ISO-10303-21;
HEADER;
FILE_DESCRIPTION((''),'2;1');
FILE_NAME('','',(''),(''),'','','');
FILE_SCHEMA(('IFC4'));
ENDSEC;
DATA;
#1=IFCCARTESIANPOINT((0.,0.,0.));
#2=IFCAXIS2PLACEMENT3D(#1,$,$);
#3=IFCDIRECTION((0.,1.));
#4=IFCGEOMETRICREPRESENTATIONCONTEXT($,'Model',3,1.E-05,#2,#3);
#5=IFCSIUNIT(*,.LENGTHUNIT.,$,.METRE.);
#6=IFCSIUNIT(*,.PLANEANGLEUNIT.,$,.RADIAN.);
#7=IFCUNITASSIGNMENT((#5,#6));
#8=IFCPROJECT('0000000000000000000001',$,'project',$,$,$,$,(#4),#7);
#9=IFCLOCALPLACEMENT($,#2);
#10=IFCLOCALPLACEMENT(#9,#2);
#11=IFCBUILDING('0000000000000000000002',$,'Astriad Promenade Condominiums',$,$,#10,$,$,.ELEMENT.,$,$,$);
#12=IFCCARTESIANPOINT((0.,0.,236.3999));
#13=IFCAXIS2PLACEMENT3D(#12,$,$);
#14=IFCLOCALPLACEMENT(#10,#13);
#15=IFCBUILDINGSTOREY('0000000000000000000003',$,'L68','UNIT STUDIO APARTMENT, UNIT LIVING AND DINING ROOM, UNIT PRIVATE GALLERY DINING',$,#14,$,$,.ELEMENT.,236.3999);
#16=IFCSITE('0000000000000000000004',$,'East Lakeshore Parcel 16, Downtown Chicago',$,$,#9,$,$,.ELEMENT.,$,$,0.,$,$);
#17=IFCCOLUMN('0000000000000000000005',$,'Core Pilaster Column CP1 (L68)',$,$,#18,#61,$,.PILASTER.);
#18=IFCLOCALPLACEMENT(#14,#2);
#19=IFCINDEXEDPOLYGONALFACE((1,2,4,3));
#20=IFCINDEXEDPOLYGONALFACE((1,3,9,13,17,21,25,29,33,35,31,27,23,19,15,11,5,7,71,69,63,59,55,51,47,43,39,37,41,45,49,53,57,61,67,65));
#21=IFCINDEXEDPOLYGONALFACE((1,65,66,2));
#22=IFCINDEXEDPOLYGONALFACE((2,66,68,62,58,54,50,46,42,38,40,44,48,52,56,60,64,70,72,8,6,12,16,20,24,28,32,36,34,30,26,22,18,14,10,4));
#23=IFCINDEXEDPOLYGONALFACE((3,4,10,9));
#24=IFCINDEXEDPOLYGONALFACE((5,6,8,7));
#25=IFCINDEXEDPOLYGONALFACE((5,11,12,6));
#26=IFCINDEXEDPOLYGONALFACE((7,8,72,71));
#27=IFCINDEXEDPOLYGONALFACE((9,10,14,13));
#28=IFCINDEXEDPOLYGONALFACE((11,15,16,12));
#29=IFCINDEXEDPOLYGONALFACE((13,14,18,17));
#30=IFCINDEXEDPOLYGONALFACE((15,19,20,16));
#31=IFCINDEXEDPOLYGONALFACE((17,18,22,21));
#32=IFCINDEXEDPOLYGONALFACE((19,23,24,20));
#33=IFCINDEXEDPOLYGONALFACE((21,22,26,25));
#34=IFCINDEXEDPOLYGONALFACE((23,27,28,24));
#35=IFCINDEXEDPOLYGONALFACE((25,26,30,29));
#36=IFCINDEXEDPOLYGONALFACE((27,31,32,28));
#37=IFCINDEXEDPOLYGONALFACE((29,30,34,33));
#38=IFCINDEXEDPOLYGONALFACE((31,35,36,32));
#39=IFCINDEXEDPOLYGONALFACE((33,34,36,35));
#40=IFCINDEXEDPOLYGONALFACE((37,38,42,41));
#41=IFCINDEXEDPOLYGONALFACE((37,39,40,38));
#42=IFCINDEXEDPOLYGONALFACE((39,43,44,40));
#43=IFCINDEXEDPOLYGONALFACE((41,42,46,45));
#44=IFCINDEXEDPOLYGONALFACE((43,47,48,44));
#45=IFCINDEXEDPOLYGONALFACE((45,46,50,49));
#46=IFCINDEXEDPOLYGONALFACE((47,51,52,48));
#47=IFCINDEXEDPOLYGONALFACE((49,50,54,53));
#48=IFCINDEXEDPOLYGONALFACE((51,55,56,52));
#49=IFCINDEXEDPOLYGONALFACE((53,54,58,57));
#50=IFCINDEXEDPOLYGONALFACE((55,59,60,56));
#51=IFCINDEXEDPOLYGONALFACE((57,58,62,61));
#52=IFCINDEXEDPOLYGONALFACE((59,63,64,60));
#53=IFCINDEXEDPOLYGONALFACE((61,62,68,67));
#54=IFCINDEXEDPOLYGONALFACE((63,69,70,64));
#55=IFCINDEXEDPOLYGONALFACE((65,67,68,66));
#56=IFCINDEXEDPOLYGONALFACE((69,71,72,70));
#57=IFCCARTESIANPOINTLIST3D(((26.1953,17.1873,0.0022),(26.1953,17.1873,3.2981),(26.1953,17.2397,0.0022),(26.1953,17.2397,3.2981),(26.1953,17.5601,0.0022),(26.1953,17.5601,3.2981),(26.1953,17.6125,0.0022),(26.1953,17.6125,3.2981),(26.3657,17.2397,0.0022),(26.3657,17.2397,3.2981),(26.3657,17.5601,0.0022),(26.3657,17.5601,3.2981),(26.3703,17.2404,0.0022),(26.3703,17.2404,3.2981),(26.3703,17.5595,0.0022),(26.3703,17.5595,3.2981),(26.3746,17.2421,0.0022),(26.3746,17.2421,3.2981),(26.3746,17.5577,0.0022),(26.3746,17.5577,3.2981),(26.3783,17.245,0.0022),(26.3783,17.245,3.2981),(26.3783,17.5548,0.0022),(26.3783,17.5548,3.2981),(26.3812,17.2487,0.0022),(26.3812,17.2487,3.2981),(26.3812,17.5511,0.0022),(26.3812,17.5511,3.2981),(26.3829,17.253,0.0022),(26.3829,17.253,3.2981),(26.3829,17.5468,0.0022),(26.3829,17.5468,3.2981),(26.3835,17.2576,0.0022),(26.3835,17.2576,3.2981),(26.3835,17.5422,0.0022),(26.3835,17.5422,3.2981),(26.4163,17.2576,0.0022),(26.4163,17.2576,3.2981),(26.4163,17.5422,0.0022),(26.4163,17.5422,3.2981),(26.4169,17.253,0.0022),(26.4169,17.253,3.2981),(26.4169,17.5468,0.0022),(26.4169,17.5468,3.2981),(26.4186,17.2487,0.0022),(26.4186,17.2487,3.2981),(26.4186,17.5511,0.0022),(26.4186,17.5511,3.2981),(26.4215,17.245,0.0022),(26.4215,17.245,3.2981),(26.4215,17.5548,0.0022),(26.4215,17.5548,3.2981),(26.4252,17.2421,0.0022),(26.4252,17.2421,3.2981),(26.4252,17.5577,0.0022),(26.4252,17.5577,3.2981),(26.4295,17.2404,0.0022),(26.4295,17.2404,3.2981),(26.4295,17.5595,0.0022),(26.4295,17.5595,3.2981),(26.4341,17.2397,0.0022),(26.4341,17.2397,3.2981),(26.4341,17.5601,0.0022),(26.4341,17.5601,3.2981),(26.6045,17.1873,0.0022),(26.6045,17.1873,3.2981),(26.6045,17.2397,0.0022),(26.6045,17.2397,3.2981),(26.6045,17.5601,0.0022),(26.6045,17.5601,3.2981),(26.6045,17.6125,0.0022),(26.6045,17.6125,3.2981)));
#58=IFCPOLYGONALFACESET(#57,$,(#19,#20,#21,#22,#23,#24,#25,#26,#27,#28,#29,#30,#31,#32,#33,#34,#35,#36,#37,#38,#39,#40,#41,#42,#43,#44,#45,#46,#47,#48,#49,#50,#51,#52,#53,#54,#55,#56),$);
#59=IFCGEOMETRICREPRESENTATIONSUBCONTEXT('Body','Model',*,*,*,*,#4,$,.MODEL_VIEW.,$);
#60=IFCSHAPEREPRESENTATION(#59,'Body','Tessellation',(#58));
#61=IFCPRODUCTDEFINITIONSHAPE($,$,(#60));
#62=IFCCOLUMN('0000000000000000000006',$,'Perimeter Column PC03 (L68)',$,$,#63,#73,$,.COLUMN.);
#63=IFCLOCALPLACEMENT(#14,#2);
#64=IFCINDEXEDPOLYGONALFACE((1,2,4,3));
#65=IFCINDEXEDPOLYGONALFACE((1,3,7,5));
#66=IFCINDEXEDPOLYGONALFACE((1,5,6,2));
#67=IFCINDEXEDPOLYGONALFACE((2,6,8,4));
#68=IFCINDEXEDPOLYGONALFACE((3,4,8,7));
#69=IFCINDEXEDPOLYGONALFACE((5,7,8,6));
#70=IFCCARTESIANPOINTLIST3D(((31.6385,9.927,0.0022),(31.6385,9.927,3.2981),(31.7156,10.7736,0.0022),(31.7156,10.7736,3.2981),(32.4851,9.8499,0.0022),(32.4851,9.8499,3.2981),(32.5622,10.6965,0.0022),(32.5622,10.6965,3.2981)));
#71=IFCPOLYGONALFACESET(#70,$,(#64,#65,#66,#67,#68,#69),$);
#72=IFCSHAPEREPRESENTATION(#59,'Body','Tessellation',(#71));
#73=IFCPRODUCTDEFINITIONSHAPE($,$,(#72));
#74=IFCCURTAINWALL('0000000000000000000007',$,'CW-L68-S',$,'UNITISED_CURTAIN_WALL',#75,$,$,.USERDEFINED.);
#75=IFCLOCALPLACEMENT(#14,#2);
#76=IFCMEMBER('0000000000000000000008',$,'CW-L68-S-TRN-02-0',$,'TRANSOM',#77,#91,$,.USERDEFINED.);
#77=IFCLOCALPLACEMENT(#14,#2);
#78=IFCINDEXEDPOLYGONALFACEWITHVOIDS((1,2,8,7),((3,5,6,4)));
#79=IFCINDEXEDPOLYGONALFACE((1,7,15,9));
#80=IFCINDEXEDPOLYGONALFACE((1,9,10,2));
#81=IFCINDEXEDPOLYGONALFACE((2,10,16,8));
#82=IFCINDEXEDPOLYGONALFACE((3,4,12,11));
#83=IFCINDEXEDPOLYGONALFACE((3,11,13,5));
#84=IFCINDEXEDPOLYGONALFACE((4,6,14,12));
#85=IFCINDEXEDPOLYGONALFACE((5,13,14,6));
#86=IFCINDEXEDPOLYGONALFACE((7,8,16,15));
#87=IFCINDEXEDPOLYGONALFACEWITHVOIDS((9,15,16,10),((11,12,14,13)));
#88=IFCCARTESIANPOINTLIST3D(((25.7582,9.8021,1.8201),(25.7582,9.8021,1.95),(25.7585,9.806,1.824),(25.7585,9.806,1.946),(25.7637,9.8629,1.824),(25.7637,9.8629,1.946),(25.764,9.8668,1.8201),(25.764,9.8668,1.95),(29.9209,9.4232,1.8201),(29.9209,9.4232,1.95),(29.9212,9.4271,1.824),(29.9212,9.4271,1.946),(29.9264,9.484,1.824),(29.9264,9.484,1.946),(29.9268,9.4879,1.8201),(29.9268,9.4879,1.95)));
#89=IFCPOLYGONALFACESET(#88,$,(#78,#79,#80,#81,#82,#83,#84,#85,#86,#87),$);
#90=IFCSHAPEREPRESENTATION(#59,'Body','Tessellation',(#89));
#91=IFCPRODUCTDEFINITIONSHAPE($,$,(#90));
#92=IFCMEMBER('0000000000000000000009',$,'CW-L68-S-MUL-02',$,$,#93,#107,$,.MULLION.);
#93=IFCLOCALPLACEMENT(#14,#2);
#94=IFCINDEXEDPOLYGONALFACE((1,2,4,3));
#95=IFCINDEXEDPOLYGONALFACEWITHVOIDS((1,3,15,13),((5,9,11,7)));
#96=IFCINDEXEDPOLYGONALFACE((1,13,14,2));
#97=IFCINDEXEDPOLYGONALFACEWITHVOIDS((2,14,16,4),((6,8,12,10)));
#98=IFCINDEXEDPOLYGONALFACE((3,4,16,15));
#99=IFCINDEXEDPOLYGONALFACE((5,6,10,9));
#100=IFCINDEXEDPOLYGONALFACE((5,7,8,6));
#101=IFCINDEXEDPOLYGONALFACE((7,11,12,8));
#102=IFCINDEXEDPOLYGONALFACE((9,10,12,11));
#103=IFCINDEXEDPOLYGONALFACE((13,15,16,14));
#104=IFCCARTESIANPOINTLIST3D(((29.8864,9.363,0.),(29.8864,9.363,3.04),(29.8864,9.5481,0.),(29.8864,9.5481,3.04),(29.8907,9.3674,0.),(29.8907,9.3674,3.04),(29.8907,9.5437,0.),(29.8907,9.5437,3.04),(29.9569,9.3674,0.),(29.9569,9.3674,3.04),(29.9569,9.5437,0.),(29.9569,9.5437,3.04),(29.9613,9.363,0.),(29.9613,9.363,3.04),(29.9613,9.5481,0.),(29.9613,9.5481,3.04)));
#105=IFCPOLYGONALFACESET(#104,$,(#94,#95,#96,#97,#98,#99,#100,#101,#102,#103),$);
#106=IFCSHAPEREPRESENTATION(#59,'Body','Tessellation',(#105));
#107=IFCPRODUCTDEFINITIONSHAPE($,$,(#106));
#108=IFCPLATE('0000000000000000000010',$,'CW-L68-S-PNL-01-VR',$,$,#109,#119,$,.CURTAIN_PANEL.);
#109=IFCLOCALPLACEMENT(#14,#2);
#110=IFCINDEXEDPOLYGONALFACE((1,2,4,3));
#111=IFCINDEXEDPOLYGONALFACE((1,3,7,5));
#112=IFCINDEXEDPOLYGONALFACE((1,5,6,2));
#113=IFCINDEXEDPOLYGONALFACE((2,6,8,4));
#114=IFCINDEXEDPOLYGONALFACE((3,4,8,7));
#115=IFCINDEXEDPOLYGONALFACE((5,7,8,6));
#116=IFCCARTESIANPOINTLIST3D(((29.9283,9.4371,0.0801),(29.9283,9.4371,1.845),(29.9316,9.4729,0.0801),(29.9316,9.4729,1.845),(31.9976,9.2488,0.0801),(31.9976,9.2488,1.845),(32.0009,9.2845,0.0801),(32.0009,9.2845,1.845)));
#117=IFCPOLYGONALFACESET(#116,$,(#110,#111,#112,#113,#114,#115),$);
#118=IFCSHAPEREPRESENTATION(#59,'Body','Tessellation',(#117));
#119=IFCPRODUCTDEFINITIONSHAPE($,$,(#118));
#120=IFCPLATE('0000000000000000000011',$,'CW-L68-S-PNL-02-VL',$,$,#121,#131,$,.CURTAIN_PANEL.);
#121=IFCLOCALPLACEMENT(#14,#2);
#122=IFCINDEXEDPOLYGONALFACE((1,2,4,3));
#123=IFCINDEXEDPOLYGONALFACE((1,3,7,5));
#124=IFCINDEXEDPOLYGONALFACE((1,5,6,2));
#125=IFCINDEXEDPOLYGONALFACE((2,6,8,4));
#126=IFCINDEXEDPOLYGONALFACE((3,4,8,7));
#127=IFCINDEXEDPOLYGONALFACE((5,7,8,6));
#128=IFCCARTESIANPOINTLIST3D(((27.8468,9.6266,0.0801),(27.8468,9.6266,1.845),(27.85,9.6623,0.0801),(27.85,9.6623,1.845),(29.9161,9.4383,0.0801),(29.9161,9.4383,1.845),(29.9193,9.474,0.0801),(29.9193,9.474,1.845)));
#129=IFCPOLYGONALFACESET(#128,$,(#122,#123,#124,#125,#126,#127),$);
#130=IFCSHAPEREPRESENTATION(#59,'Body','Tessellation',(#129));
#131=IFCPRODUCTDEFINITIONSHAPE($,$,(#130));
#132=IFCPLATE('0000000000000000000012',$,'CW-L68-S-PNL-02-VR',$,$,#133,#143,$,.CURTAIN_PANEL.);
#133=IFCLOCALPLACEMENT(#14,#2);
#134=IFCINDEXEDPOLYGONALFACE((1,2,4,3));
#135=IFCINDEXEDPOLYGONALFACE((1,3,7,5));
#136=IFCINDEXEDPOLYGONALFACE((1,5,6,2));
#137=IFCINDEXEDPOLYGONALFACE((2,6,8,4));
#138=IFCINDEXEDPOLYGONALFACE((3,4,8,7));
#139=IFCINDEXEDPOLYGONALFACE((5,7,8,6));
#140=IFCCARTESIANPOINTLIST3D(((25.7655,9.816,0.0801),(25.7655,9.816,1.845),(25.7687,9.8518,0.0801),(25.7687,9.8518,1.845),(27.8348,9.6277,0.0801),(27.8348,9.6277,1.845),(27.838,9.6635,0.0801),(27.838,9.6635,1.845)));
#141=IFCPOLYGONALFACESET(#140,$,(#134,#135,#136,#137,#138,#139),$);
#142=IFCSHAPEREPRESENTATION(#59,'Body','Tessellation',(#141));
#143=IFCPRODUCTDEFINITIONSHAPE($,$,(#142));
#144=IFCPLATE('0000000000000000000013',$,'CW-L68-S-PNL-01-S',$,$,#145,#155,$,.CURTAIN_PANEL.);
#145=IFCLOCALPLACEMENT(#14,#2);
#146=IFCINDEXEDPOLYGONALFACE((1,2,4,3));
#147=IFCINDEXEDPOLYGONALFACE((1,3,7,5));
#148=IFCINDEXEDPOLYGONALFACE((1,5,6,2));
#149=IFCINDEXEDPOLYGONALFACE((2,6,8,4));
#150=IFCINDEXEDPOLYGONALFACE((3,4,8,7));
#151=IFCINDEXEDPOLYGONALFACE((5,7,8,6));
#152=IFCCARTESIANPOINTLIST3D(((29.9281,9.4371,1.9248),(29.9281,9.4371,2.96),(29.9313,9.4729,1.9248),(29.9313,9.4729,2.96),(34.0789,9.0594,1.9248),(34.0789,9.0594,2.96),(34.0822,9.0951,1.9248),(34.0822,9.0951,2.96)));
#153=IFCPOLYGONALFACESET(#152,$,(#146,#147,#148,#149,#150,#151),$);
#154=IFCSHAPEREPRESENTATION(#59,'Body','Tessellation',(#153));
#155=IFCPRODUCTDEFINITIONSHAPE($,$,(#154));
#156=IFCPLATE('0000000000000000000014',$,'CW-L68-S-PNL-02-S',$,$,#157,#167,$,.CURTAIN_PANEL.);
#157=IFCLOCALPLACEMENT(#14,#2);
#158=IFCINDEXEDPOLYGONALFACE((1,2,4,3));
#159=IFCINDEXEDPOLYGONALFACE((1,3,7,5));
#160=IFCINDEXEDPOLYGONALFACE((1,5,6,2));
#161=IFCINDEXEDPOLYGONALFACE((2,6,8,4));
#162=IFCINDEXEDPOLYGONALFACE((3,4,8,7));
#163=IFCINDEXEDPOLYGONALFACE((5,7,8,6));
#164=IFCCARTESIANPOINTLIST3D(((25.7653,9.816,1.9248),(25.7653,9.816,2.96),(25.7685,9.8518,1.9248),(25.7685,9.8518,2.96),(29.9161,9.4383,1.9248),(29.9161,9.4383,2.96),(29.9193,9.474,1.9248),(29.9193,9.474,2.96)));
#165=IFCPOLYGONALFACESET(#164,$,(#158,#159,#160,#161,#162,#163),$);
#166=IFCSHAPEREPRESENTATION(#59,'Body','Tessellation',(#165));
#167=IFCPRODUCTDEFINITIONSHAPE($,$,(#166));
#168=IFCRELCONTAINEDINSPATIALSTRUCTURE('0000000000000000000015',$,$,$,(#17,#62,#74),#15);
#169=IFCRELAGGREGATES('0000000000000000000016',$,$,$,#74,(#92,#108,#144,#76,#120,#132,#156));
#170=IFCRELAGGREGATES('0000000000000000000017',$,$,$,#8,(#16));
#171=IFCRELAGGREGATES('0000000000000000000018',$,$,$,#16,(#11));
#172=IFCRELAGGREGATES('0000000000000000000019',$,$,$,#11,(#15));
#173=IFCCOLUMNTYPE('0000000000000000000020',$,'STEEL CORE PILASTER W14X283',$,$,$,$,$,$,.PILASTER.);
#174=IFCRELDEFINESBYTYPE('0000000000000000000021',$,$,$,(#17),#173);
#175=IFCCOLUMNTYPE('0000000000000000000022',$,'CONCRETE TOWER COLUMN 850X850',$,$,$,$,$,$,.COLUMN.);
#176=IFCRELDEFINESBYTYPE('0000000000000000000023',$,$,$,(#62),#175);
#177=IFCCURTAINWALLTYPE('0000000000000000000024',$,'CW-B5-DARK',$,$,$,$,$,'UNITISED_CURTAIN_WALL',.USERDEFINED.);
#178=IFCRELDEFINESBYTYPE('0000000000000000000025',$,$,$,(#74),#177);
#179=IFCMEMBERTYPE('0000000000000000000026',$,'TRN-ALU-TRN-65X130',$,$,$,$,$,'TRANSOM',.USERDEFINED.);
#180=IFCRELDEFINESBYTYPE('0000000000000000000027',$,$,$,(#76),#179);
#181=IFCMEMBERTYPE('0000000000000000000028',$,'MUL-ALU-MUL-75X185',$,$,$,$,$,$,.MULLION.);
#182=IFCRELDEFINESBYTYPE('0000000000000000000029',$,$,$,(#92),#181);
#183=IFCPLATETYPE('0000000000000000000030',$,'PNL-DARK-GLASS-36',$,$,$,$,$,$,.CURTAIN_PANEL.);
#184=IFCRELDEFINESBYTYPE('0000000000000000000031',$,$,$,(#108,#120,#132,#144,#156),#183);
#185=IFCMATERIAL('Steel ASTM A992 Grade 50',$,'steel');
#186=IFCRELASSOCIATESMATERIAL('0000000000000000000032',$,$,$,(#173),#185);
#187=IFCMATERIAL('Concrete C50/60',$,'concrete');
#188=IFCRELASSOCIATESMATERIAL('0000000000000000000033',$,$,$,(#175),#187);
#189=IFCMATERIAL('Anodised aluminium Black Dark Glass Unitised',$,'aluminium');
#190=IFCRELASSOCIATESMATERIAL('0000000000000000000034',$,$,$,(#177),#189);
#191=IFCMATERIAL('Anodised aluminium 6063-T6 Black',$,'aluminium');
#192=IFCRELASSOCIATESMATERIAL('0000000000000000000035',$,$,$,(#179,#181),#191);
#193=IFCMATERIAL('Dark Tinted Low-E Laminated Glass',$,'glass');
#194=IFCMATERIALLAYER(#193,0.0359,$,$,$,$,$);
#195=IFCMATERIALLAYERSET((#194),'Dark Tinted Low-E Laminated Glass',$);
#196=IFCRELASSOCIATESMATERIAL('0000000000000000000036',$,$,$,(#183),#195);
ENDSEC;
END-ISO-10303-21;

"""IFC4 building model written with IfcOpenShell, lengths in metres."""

from ifc_helpers import new_model, si_unit, direction, frame, origin, origin_2d, place, context, subcontext, project, spatial, rectangle, hollow_rectangle, i_section, extrude, source, transform, mapped, material, layer, layer_set, material_profile, profile_set, type_object, type_shapes, element, aggregate, save


model = new_model("IFC4")

# Units and contexts
model_context = context("Model", 3, precision=1e-05, world=origin(), true_north=direction((0.0, 1.0)))
body_context = subcontext(model_context, "Body", "Model", "MODEL_VIEW")
ifc_project = project(units=[si_unit("LENGTHUNIT", "METRE"), si_unit("PLANEANGLEUNIT", "RADIAN")], contexts=[model_context])

# Site, building, storey
site_placement = place(None, origin())
site = spatial("IfcSite", under=ifc_project, at=site_placement, Name="East Lakeshore Parcel 16, Downtown Chicago", CompositionType="ELEMENT", RefElevation=0.0)
building_placement = place(site_placement, origin())
building = spatial("IfcBuilding", under=site, at=building_placement, Name="Astriad Promenade Condominiums", CompositionType="ELEMENT")
storey_placement = place(building_placement, frame((0.0, 0.0, 236.3999)))
storey = spatial("IfcBuildingStorey", under=building, at=storey_placement, Name="L68", Description="UNIT STUDIO APARTMENT, UNIT LIVING AND DINING ROOM, UNIT PRIVATE GALLERY DINING", CompositionType="ELEMENT", Elevation=236.3999)

# Columns
ifc_material_1 = material(Name="Steel ASTM A992 Grade 50", Category="steel")
ifc_material_profile_1 = material_profile(ifc_material_1, i_section(OverallWidth=0.4092, OverallDepth=0.4253, WebThickness=0.0327, FlangeThickness=0.0525, FilletRadius=0.0178, at=origin_2d()), Name="W14X283")
ifc_profile_set_1 = profile_set([ifc_material_profile_1], Name="Steel ASTM A992 Grade 50")
column_type_1 = type_object("IfcColumnType", Name="STEEL CORE PILASTER W14X283", PredefinedType="PILASTER", material=ifc_profile_set_1)
shared_shape_1 = source(origin(), body_context, "Body", "SweptSolid", [
    extrude(i_section(OverallWidth=0.4092, OverallDepth=0.4253, WebThickness=0.0327, FlangeThickness=0.0525, FilletRadius=0.0178, at=origin_2d()), origin(), (0.0, 0.0, 1.0), 3.2959),
])
type_shapes(column_type_1, [shared_shape_1])
column_1_placement = place(storey_placement, frame((26.3999, 17.3999, 0.0022), z_axis=(0.0, 0.0, 1.0), x_axis=(1.0, 0.0, 0.0)))
element("IfcColumn", 1, at=column_1_placement, inside=storey, type_object=column_type_1, Name="Core Pilaster Column CP1 (L68)", PredefinedType="PILASTER", context=body_context, shape_type="MappedRepresentation", body=[
    mapped(shared_shape_1, transform((0.0, 0.0, 0.0), scale=1.0)),
])
ifc_material_2 = material(Name="Concrete C50/60", Category="concrete")
ifc_material_profile_2 = material_profile(ifc_material_2, rectangle(XDim=0.8501, YDim=0.8501, at=origin_2d()), Name="RC-COL-850X850")
ifc_profile_set_2 = profile_set([ifc_material_profile_2], Name="Concrete C50/60")
column_type_2 = type_object("IfcColumnType", Name="CONCRETE TOWER COLUMN 850X850", PredefinedType="COLUMN", material=ifc_profile_set_2)
shared_shape_2 = source(origin(), body_context, "Body", "SweptSolid", [
    extrude(rectangle(XDim=0.8501, YDim=0.8501, at=origin_2d()), origin(), (0.0, 0.0, 1.0), 3.2959),
])
type_shapes(column_type_2, [shared_shape_2])
column_2_placement = place(storey_placement, frame((32.1003, 10.3118, 0.0022), z_axis=(0.0, 0.0, 1.0), x_axis=(0.995884, -0.090633, 0.0)))
element("IfcColumn", 2, at=column_2_placement, inside=storey, type_object=column_type_2, Name="Perimeter Column PC03 (L68)", PredefinedType="COLUMN", context=body_context, shape_type="MappedRepresentation", body=[
    mapped(shared_shape_2, transform((0.0, 0.0, 0.0), scale=1.0)),
])

# Curtain wall, members, plates
ifc_material_3 = material(Name="Anodised aluminium Black Dark Glass Unitised", Category="aluminium")
curtain_wall_type = type_object("IfcCurtainWallType", Name="CW-B5-DARK", ElementType="UNITISED_CURTAIN_WALL", PredefinedType="USERDEFINED", material=ifc_material_3)
curtain_wall_placement = place(storey_placement, origin())
curtain_wall = element("IfcCurtainWall", 3, at=curtain_wall_placement, inside=storey, type_object=curtain_wall_type, Name="CW-L68-S", ObjectType="UNITISED_CURTAIN_WALL", PredefinedType="USERDEFINED")
ifc_material_4 = material(Name="Anodised aluminium 6063-T6 Black", Category="aluminium")
ifc_material_profile_3 = material_profile(ifc_material_4, hollow_rectangle(XDim=0.0649, YDim=0.1299, WallThickness=0.0039, at=origin_2d()), Name="ALU-TRN-65X130")
ifc_profile_set_3 = profile_set([ifc_material_profile_3], Name="Anodised aluminium 6063-T6 Black")
member_type_1 = type_object("IfcMemberType", Name="TRN-ALU-TRN-65X130", ElementType="TRANSOM", PredefinedType="USERDEFINED", material=ifc_profile_set_3)
shared_shape_3 = source(origin(), body_context, "Body", "SweptSolid", [
    extrude(hollow_rectangle(XDim=0.0649, YDim=0.1299, WallThickness=0.0039, at=origin_2d()), origin(), (0.0, 0.0, 1.0), 4.1799),
])
type_shapes(member_type_1, [shared_shape_3])
member_1_placement = place(storey_placement, frame((29.9238, 9.4556, 1.885), z_axis=(-0.995883, 0.090646, 0.0), x_axis=(-0.090646, -0.995883, 0.0)))
member_1 = element("IfcMember", 4, at=member_1_placement, type_object=member_type_1, Name="CW-L68-S-TRN-02-0", ObjectType="TRANSOM", PredefinedType="USERDEFINED", context=body_context, shape_type="MappedRepresentation", body=[
    mapped(shared_shape_3, transform((0.0, 0.0, 0.0), scale=1.0)),
])
ifc_material_profile_4 = material_profile(ifc_material_4, hollow_rectangle(XDim=0.075, YDim=0.1851, WallThickness=0.0044, at=origin_2d()), Name="ALU-MUL-75X185")
ifc_profile_set_4 = profile_set([ifc_material_profile_4], Name="Anodised aluminium 6063-T6 Black")
member_type_2 = type_object("IfcMemberType", Name="MUL-ALU-MUL-75X185", PredefinedType="MULLION", material=ifc_profile_set_4)
shared_shape_4 = source(origin(), body_context, "Body", "SweptSolid", [
    extrude(hollow_rectangle(XDim=0.075, YDim=0.1851, WallThickness=0.0044, at=origin_2d()), origin(), (0.0, 0.0, 1.0), 3.04),
])
type_shapes(member_type_2, [shared_shape_4])
member_2_placement = place(storey_placement, frame((29.9238, 9.4556, 0.0), z_axis=(0.0, 0.0, 1.0), x_axis=(1.0, 0.0, 0.0)))
member_2 = element("IfcMember", 5, at=member_2_placement, type_object=member_type_2, Name="CW-L68-S-MUL-02", PredefinedType="MULLION", context=body_context, shape_type="MappedRepresentation", body=[
    mapped(shared_shape_4, transform((0.0, 0.0, 0.0), scale=1.0)),
])
ifc_material_5 = material(Name="Dark Tinted Low-E Laminated Glass", Category="glass")
ifc_layer_1 = layer(ifc_material_5, 0.0359)
ifc_layer_set_1 = layer_set([ifc_layer_1], Name="Dark Tinted Low-E Laminated Glass")
plate_type = type_object("IfcPlateType", Name="PNL-DARK-GLASS-36", PredefinedType="CURTAIN_PANEL", material=ifc_layer_set_1)
shared_shape_5 = source(origin(), body_context, "Body", "SweptSolid", [
    extrude(rectangle(XDim=2.0779, YDim=0.0359, at=origin_2d()), origin(), (0.0, 0.0, 1.0), 1.7649),
])
plate_1_placement = place(storey_placement, frame((30.9646, 9.3608, 0.0801), z_axis=(0.0, 0.0, 1.0), x_axis=(-0.995884, 0.090633, 0.0)))
plate_1 = element("IfcPlate", 6, at=plate_1_placement, type_object=plate_type, Name="CW-L68-S-PNL-01-VR", PredefinedType="CURTAIN_PANEL", context=body_context, shape_type="MappedRepresentation", body=[
    mapped(shared_shape_5, transform((0.0, 0.0, 0.0), scale=1.0)),
])
plate_2_placement = place(storey_placement, frame((28.8831, 9.5503, 0.0801), z_axis=(0.0, 0.0, 1.0), x_axis=(-0.995884, 0.090633, 0.0)))
plate_2 = element("IfcPlate", 7, at=plate_2_placement, type_object=plate_type, Name="CW-L68-S-PNL-02-VL", PredefinedType="CURTAIN_PANEL", context=body_context, shape_type="MappedRepresentation", body=[
    mapped(shared_shape_5, transform((0.0, 0.0, 0.0), scale=1.0)),
])
plate_3_placement = place(storey_placement, frame((26.8018, 9.7397, 0.0801), z_axis=(0.0, 0.0, 1.0), x_axis=(-0.995884, 0.090633, 0.0)))
plate_3 = element("IfcPlate", 8, at=plate_3_placement, type_object=plate_type, Name="CW-L68-S-PNL-02-VR", PredefinedType="CURTAIN_PANEL", context=body_context, shape_type="MappedRepresentation", body=[
    mapped(shared_shape_5, transform((0.0, 0.0, 0.0), scale=1.0)),
])
shared_shape_6 = source(origin(), body_context, "Body", "SweptSolid", [
    extrude(rectangle(XDim=4.168, YDim=0.0359, at=origin_2d()), origin(), (0.0, 0.0, 1.0), 1.0352),
])
type_shapes(plate_type, [shared_shape_5, shared_shape_6])
plate_4_placement = place(storey_placement, frame((32.0051, 9.2661, 1.9248), z_axis=(0.0, 0.0, 1.0), x_axis=(-0.995884, 0.090633, 0.0)))
plate_4 = element("IfcPlate", 9, at=plate_4_placement, type_object=plate_type, Name="CW-L68-S-PNL-01-S", PredefinedType="CURTAIN_PANEL", context=body_context, shape_type="MappedRepresentation", body=[
    mapped(shared_shape_6, transform((0.0, 0.0, 0.0), scale=1.0)),
])
plate_5_placement = place(storey_placement, frame((27.8423, 9.645, 1.9248), z_axis=(0.0, 0.0, 1.0), x_axis=(-0.995884, 0.090633, 0.0)))
plate_5 = element("IfcPlate", 10, at=plate_5_placement, type_object=plate_type, Name="CW-L68-S-PNL-02-S", PredefinedType="CURTAIN_PANEL", context=body_context, shape_type="MappedRepresentation", body=[
    mapped(shared_shape_6, transform((0.0, 0.0, 0.0), scale=1.0)),
])
aggregate(curtain_wall, [member_2, plate_1, plate_4, member_1, plate_2, plate_3, plate_5])

save(model, "model.ifc")
